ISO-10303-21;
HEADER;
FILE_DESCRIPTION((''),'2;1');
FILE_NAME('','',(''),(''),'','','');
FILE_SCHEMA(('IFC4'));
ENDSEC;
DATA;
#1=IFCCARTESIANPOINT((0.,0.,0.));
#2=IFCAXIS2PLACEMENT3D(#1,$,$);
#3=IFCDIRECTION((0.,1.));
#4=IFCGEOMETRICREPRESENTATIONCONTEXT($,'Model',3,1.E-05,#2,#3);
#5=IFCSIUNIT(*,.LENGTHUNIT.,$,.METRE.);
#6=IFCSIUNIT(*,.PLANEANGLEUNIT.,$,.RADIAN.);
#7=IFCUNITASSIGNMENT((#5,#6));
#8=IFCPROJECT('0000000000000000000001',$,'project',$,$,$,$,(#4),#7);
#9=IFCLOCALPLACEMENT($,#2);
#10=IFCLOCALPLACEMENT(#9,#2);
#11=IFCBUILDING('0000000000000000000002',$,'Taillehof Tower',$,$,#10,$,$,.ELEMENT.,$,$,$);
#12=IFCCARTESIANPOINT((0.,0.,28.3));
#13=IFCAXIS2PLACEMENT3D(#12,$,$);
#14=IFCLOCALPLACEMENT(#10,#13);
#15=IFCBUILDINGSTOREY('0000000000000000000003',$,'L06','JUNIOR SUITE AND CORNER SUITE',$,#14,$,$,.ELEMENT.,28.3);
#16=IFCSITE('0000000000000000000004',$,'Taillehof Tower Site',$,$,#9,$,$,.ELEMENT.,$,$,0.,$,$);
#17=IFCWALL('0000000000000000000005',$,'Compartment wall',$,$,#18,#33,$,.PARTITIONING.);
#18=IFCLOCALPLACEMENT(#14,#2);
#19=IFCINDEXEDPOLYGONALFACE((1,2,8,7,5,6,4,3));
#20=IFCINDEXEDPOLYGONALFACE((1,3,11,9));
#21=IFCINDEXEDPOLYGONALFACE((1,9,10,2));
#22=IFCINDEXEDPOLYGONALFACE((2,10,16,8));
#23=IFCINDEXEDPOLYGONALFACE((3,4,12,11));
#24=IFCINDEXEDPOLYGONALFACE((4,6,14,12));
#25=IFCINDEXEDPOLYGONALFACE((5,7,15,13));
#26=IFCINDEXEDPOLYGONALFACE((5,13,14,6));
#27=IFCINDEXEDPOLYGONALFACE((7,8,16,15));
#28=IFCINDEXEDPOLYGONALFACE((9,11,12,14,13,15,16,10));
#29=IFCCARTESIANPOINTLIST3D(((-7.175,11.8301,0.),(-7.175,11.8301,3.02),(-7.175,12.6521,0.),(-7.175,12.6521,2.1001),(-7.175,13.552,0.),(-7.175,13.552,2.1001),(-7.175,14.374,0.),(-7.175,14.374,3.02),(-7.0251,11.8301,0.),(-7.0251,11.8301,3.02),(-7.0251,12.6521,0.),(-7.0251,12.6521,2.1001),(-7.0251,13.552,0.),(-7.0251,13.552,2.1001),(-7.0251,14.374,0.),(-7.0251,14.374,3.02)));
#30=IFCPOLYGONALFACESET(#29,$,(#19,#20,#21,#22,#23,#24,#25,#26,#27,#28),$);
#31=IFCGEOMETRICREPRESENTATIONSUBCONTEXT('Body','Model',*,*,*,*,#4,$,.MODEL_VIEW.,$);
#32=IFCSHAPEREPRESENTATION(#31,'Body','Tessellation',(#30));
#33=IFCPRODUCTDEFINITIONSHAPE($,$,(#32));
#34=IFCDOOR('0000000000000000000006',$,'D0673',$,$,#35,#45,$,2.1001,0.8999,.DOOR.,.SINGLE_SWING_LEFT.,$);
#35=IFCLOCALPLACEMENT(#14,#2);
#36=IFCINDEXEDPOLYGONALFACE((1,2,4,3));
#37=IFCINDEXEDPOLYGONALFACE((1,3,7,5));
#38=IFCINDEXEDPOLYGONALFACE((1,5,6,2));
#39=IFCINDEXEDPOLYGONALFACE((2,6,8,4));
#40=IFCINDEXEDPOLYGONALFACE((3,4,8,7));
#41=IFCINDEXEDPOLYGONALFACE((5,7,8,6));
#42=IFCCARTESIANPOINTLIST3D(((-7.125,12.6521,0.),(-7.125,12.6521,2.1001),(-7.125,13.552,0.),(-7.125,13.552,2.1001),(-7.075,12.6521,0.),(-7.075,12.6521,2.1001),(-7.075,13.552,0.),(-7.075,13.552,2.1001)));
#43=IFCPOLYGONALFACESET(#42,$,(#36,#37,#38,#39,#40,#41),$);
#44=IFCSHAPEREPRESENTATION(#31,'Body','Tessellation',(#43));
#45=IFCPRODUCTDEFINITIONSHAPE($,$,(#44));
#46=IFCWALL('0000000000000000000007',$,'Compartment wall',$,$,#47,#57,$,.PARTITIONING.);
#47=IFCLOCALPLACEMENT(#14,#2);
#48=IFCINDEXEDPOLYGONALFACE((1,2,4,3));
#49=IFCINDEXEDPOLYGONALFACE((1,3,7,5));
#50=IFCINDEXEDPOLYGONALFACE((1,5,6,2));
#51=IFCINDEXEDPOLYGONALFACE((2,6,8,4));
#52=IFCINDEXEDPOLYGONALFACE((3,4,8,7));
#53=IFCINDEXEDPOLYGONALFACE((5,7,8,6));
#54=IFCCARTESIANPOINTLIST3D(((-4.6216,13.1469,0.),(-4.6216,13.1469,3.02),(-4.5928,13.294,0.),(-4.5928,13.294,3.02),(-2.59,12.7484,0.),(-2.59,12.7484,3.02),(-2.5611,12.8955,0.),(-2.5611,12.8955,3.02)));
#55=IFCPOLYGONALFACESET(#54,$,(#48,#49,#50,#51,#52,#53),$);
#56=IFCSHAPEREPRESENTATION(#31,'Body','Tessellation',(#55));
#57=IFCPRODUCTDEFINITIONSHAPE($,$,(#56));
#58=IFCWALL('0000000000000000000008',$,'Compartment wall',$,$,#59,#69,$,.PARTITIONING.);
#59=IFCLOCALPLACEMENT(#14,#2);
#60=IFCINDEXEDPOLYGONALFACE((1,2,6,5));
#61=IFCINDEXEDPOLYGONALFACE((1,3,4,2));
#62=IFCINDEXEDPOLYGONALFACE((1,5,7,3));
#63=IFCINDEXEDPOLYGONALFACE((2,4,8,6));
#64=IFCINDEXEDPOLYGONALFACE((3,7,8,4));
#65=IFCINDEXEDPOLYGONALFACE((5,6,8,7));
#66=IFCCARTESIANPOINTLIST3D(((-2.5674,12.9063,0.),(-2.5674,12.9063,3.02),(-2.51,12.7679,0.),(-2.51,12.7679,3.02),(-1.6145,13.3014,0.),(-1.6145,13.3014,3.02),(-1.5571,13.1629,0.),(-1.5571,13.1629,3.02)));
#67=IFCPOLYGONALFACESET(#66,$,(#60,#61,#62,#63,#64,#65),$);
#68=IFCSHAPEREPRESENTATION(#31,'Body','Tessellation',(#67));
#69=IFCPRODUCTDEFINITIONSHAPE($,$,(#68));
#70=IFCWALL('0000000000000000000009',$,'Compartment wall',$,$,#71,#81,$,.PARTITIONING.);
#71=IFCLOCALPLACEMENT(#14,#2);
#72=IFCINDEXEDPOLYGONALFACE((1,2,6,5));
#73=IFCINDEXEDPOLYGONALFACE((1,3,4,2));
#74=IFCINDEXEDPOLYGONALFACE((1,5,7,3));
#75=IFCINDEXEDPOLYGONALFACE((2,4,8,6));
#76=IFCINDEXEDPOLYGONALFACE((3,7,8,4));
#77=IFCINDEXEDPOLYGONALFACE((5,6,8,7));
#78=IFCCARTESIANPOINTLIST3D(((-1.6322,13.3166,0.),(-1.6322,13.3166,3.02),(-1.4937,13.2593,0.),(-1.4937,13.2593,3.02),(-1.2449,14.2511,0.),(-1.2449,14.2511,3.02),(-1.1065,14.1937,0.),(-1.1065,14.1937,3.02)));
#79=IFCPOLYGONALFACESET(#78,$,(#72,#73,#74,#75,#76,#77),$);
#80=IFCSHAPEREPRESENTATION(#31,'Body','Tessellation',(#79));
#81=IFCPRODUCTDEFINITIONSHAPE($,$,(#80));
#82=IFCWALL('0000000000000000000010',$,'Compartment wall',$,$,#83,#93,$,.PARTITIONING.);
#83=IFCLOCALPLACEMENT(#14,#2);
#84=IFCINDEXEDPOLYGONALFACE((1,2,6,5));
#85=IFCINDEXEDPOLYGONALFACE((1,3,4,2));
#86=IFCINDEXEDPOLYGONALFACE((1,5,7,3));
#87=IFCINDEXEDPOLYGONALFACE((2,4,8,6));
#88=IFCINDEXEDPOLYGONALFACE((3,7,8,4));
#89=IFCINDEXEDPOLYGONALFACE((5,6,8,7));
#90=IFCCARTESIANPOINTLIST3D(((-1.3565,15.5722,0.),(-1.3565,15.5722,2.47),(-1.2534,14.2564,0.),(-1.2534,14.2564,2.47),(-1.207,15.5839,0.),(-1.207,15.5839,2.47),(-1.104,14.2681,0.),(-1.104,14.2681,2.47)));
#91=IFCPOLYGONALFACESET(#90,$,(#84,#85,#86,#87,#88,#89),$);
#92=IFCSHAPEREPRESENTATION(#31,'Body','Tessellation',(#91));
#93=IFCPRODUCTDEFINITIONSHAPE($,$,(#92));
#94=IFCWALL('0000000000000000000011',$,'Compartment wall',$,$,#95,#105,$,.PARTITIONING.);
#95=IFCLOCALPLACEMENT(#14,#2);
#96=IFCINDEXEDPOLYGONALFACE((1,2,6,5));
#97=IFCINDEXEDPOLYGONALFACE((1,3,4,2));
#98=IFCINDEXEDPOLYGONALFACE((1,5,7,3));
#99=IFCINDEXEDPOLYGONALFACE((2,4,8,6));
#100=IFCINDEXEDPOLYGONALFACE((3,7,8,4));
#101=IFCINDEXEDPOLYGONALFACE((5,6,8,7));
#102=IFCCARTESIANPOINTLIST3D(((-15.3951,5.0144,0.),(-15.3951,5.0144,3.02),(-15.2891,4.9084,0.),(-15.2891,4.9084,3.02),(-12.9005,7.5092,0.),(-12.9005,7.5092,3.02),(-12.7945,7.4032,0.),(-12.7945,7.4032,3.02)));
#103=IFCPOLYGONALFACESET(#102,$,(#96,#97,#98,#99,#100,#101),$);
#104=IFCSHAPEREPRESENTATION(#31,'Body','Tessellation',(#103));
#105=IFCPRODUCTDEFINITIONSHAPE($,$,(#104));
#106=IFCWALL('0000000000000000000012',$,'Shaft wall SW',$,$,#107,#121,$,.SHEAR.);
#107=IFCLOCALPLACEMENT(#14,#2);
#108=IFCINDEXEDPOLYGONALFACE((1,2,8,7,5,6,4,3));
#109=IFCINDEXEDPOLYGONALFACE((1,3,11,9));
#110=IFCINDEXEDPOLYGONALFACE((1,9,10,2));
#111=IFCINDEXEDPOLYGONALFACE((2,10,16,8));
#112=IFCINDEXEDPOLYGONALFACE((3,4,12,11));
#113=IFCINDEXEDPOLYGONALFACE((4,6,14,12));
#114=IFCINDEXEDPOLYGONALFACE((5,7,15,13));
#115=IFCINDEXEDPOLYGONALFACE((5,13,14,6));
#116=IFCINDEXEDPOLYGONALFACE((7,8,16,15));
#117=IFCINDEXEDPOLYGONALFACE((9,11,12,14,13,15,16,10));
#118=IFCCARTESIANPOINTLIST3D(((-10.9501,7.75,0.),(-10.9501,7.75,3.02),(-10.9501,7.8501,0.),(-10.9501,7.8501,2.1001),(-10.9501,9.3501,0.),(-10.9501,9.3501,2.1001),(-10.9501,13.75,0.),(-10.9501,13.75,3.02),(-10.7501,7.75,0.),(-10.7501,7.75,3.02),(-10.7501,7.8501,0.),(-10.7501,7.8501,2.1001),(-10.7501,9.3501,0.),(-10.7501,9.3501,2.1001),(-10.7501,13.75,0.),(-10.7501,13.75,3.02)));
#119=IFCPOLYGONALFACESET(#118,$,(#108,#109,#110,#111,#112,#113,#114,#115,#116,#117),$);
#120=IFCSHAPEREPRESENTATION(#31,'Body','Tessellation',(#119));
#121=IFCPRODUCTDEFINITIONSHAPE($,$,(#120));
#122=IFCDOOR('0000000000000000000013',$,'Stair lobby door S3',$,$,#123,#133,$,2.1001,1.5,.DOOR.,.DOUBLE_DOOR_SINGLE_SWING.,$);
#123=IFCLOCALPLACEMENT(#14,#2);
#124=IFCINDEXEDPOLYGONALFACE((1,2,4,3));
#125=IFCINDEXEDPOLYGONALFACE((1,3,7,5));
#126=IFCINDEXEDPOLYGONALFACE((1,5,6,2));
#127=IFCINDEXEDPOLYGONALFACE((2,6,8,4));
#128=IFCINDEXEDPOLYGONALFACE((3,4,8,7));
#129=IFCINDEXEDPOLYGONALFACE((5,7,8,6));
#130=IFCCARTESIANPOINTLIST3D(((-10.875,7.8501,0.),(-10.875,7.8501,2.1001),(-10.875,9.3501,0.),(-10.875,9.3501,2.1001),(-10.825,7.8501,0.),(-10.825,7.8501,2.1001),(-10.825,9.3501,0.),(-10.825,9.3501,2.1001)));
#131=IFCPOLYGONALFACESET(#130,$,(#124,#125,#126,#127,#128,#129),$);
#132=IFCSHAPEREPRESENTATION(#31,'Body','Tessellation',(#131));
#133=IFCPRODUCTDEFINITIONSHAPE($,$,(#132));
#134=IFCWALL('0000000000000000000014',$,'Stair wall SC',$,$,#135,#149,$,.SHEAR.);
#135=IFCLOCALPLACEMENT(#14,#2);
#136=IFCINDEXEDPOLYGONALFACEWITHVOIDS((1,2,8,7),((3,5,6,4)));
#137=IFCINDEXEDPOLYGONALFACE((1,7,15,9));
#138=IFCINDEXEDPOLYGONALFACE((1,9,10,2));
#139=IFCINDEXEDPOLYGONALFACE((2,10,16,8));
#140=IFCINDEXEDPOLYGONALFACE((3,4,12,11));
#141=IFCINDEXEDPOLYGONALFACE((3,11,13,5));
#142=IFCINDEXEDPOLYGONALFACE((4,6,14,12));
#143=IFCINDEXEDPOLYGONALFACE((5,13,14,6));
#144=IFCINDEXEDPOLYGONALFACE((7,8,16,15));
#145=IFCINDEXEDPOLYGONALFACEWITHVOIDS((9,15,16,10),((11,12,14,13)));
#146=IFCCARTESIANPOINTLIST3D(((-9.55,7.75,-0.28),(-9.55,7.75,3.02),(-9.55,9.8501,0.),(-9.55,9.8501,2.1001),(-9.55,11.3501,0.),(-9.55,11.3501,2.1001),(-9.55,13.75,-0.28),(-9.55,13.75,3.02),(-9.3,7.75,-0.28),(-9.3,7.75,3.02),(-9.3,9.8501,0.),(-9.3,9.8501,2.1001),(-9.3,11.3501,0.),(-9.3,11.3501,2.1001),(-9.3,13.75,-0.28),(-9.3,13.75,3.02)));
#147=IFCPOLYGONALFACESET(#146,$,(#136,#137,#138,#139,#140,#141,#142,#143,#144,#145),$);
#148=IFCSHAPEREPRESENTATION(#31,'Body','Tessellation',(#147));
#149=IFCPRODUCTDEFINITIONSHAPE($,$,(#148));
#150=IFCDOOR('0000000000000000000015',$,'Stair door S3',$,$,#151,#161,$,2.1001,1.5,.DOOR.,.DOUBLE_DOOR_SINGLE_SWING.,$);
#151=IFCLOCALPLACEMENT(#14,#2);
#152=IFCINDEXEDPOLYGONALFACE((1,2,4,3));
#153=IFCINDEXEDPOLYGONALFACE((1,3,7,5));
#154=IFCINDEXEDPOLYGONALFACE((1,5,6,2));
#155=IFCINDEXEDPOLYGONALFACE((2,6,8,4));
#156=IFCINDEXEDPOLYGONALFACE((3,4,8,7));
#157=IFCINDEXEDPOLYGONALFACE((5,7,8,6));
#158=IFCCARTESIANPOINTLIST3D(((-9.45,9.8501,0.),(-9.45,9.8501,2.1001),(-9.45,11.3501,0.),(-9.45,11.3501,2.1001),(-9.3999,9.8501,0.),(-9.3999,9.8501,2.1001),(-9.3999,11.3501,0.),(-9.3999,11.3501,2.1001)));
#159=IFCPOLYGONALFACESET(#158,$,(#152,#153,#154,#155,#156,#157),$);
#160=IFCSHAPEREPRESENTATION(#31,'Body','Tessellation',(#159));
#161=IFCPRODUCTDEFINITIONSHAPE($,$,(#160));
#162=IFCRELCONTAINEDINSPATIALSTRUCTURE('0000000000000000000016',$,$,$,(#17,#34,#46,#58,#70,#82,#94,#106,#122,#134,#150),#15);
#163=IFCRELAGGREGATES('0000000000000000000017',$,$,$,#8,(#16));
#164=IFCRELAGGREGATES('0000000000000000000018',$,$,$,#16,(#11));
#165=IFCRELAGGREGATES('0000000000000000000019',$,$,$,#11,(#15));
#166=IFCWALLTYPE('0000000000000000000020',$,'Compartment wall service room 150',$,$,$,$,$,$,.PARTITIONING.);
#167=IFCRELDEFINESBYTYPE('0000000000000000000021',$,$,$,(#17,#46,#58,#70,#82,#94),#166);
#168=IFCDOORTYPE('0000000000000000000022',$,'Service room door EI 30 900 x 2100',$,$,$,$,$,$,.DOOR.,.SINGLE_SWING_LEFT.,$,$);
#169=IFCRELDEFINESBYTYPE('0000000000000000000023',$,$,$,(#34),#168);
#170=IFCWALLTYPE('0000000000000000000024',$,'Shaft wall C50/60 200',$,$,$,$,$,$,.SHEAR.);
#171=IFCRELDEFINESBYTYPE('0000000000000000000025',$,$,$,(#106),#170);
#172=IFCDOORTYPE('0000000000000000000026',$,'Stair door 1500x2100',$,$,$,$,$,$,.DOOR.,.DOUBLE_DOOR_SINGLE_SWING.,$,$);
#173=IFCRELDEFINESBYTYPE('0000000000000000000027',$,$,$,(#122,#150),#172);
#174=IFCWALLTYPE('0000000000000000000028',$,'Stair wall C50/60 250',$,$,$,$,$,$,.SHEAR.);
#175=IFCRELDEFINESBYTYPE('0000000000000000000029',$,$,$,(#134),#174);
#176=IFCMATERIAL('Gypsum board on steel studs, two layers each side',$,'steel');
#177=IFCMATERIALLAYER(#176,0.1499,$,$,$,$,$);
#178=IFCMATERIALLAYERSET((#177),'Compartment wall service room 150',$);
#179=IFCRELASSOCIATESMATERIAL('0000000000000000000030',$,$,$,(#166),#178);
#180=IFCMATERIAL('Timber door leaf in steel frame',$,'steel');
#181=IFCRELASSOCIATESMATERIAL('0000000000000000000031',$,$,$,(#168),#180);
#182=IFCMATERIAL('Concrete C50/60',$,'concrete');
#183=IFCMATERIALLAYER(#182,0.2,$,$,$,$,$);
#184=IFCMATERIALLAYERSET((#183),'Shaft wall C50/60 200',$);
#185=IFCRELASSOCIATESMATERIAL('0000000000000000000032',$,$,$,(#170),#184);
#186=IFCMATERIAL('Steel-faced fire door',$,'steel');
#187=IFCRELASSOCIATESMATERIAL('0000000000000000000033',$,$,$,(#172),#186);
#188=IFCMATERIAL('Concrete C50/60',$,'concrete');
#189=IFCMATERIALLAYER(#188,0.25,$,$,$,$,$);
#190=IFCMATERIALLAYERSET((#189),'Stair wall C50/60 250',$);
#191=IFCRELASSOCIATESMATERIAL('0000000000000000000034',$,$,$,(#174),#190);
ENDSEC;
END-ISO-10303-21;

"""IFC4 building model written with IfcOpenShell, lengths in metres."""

from ifc_helpers import new_model, si_unit, direction, frame, frame_2d, origin, place, context, subcontext, project, spatial, rectangle, extrude, material, layer, layer_set, type_object, element, fill, save


model = new_model("IFC4")

# Units and contexts
model_context = context("Model", 3, precision=1e-05, world=origin(), true_north=direction((0.0, 1.0)))
body_context = subcontext(model_context, "Body", "Model", "MODEL_VIEW")
ifc_project = project(units=[si_unit("LENGTHUNIT", "METRE"), si_unit("PLANEANGLEUNIT", "RADIAN")], contexts=[model_context])

# Site, building, storey
site_placement = place(None, origin())
site = spatial("IfcSite", under=ifc_project, at=site_placement, Name="Taillehof Tower Site", CompositionType="ELEMENT", RefElevation=0.0)
building_placement = place(site_placement, origin())
building = spatial("IfcBuilding", under=site, at=building_placement, Name="Taillehof Tower", CompositionType="ELEMENT")
storey_placement = place(building_placement, frame((0.0, 0.0, 28.3)))
storey = spatial("IfcBuildingStorey", under=building, at=storey_placement, Name="L06", Description="JUNIOR SUITE AND CORNER SUITE", CompositionType="ELEMENT", Elevation=28.3)

# Shared definitions
ifc_material_1 = material(Name="Gypsum board on steel studs, two layers each side", Category="steel")
ifc_layer_1 = layer(ifc_material_1, 0.1499)
ifc_layer_set_1 = layer_set([ifc_layer_1], Name="Compartment wall service room 150")
wall_type_1 = type_object("IfcWallType", Name="Compartment wall service room 150", PredefinedType="PARTITIONING", material=ifc_layer_set_1)

# Wall, opening, door
wall_1_placement = place(storey_placement, frame((-7.1001, 11.8301, 0.0), z_axis=(0.0, 0.0, 1.0), x_axis=(0.0, 1.0, 0.0)))
wall_1 = element("IfcWall", 1, at=wall_1_placement, inside=storey, type_object=wall_type_1, Name="Compartment wall", PredefinedType="PARTITIONING", context=body_context, shape_type="SweptSolid", body=[
    extrude(rectangle(XDim=2.5439, YDim=0.1499, at=frame_2d((1.272, 0.0))), origin(), (0.0, 0.0, 1.0), 3.02),
])
opening_1_placement = place(wall_1_placement, frame((0.822, 0.0, 0.0)))
opening_1 = element("IfcOpeningElement", 2, at=opening_1_placement, cuts=wall_1, PredefinedType="OPENING", context=body_context, shape_type="SweptSolid", body=[
    extrude(rectangle(XDim=0.8999, YDim=2.1001, at=frame_2d((0.45, 1.05))), frame((0.0, 0.085, 0.0), z_axis=(0.0, -1.0, 0.0), x_axis=(1.0, 0.0, 0.0)), (0.0, 0.0, 1.0), 0.1699),
])
ifc_material_2 = material(Name="Timber door leaf in steel frame", Category="steel")
door_type_1 = type_object("IfcDoorType", Name="Service room door EI 30 900 x 2100", OperationType="SINGLE_SWING_LEFT", PredefinedType="DOOR", material=ifc_material_2)
door_1_placement = place(opening_1_placement, origin())
door_1 = element("IfcDoor", 3, at=door_1_placement, inside=storey, type_object=door_type_1, Name="D0673", OperationType="SINGLE_SWING_LEFT", OverallHeight=2.1001, OverallWidth=0.8999, PredefinedType="DOOR", context=body_context, shape_type="SweptSolid", body=[
    extrude(rectangle(XDim=0.8999, YDim=2.1001, at=frame_2d((0.45, 1.05))), frame((0.0, 0.0249, 0.0), z_axis=(0.0, -1.0, 0.0), x_axis=(1.0, 0.0, 0.0)), (0.0, 0.0, 1.0), 0.05),
])
fill(opening_1, door_1)

# Walls
wall_2_placement = place(storey_placement, frame((-4.6072, 13.2205, 0.0), z_axis=(0.0, 0.0, 1.0), x_axis=(0.981304, -0.192463, 0.0)))
element("IfcWall", 4, at=wall_2_placement, inside=storey, type_object=wall_type_1, Name="Compartment wall", PredefinedType="PARTITIONING", context=body_context, shape_type="SweptSolid", body=[
    extrude(rectangle(XDim=2.0703, YDim=0.1499, at=frame_2d((1.0352, 0.0))), origin(), (0.0, 0.0, 1.0), 3.02),
])
wall_3_placement = place(storey_placement, frame((-2.5386, 12.8372, 0.0), z_axis=(0.0, 0.0, 1.0), x_axis=(0.923769, 0.382951, 0.0)))
element("IfcWall", 5, at=wall_3_placement, inside=storey, type_object=wall_type_1, Name="Compartment wall", PredefinedType="PARTITIONING", context=body_context, shape_type="SweptSolid", body=[
    extrude(rectangle(XDim=1.0315, YDim=0.1499, at=frame_2d((0.5156, 0.0))), origin(), (0.0, 0.0, 1.0), 3.02),
])
wall_4_placement = place(storey_placement, frame((-1.563, 13.2878, 0.0), z_axis=(0.0, 0.0, 1.0), x_axis=(0.382849, 0.923811, 0.0)))
element("IfcWall", 6, at=wall_4_placement, inside=storey, type_object=wall_type_1, Name="Compartment wall", PredefinedType="PARTITIONING", context=body_context, shape_type="SweptSolid", body=[
    extrude(rectangle(XDim=1.0115, YDim=0.1499, at=frame_2d((0.5059, 0.0))), origin(), (0.0, 0.0, 1.0), 3.02),
])
wall_5_placement = place(storey_placement, frame((-1.1787, 14.2622, 0.0), z_axis=(0.0, 0.0, 1.0), x_axis=(-0.078054, 0.996949, 0.0)))
element("IfcWall", 7, at=wall_5_placement, inside=storey, type_object=wall_type_1, Name="Compartment wall", PredefinedType="PARTITIONING", context=body_context, shape_type="SweptSolid", body=[
    extrude(rectangle(XDim=1.3198, YDim=0.1499, at=frame_2d((0.6599, 0.0))), origin(), (0.0, 0.0, 1.0), 2.47),
])
wall_6_placement = place(storey_placement, frame((-12.8474, 7.4563, 0.0), z_axis=(0.0, 0.0, 1.0), x_axis=(-0.707072, -0.707141, 0.0)))
element("IfcWall", 8, at=wall_6_placement, inside=storey, type_object=wall_type_1, Name="Compartment wall", PredefinedType="PARTITIONING", context=body_context, shape_type="SweptSolid", body=[
    extrude(rectangle(XDim=3.5281, YDim=0.1499, at=frame_2d((1.7642, 0.0))), origin(), (0.0, 0.0, 1.0), 3.02),
])

# Walls, openings, doors
ifc_material_3 = material(Name="Concrete C50/60", Category="concrete")
ifc_layer_2 = layer(ifc_material_3, 0.2)
ifc_layer_set_2 = layer_set([ifc_layer_2], Name="Shaft wall C50/60 200")
wall_type_2 = type_object("IfcWallType", Name="Shaft wall C50/60 200", PredefinedType="SHEAR", material=ifc_layer_set_2)
wall_7_placement = place(storey_placement, frame((-10.8501, 7.75, 0.0), z_axis=(0.0, 0.0, 1.0), x_axis=(0.0, 1.0, 0.0)))
wall_7 = element("IfcWall", 9, at=wall_7_placement, inside=storey, type_object=wall_type_2, Name="Shaft wall SW", PredefinedType="SHEAR", context=body_context, shape_type="SweptSolid", body=[
    extrude(rectangle(XDim=6.0, YDim=0.2, at=frame_2d((3.0, 0.0))), origin(), (0.0, 0.0, 1.0), 3.02),
])
opening_2_placement = place(wall_7_placement, frame((0.1001, 0.0, 0.0)))
opening_2 = element("IfcOpeningElement", 10, at=opening_2_placement, cuts=wall_7, PredefinedType="OPENING", context=body_context, shape_type="SweptSolid", body=[
    extrude(rectangle(XDim=1.5, YDim=2.1001, at=frame_2d((0.75, 1.05))), frame((0.0, 0.1099, 0.0), z_axis=(0.0, -1.0, 0.0), x_axis=(1.0, 0.0, 0.0)), (0.0, 0.0, 1.0), 0.22),
])
ifc_material_4 = material(Name="Steel-faced fire door", Category="steel")
door_type_2 = type_object("IfcDoorType", Name="Stair door 1500x2100", OperationType="DOUBLE_DOOR_SINGLE_SWING", PredefinedType="DOOR", material=ifc_material_4)
door_2_placement = place(opening_2_placement, origin())
door_2 = element("IfcDoor", 11, at=door_2_placement, inside=storey, type_object=door_type_2, Name="Stair lobby door S3", OperationType="DOUBLE_DOOR_SINGLE_SWING", OverallHeight=2.1001, OverallWidth=1.5, PredefinedType="DOOR", context=body_context, shape_type="SweptSolid", body=[
    extrude(rectangle(XDim=1.5, YDim=2.1001, at=frame_2d((0.75, 1.05))), frame((0.0, 0.0249, 0.0), z_axis=(0.0, -1.0, 0.0), x_axis=(1.0, 0.0, 0.0)), (0.0, 0.0, 1.0), 0.05),
])
fill(opening_2, door_2)
ifc_material_5 = material(Name="Concrete C50/60", Category="concrete")
ifc_layer_3 = layer(ifc_material_5, 0.25)
ifc_layer_set_3 = layer_set([ifc_layer_3], Name="Stair wall C50/60 250")
wall_type_3 = type_object("IfcWallType", Name="Stair wall C50/60 250", PredefinedType="SHEAR", material=ifc_layer_set_3)
wall_8_placement = place(storey_placement, frame((-9.425, 7.75, -0.28), z_axis=(0.0, 0.0, 1.0), x_axis=(0.0, 1.0, 0.0)))
wall_8 = element("IfcWall", 12, at=wall_8_placement, inside=storey, type_object=wall_type_3, Name="Stair wall SC", PredefinedType="SHEAR", context=body_context, shape_type="SweptSolid", body=[
    extrude(rectangle(XDim=6.0, YDim=0.25, at=frame_2d((3.0, 0.0))), origin(), (0.0, 0.0, 1.0), 3.3),
])
opening_3_placement = place(wall_8_placement, frame((2.1001, 0.0, 0.28)))
opening_3 = element("IfcOpeningElement", 13, at=opening_3_placement, cuts=wall_8, PredefinedType="OPENING", context=body_context, shape_type="SweptSolid", body=[
    extrude(rectangle(XDim=1.5, YDim=2.1001, at=frame_2d((0.75, 1.05))), frame((0.0, 0.135, 0.0), z_axis=(0.0, -1.0, 0.0), x_axis=(1.0, 0.0, 0.0)), (0.0, 0.0, 1.0), 0.27),
])
door_3_placement = place(opening_3_placement, origin())
door_3 = element("IfcDoor", 14, at=door_3_placement, inside=storey, type_object=door_type_2, Name="Stair door S3", OperationType="DOUBLE_DOOR_SINGLE_SWING", OverallHeight=2.1001, OverallWidth=1.5, PredefinedType="DOOR", context=body_context, shape_type="SweptSolid", body=[
    extrude(rectangle(XDim=1.5, YDim=2.1001, at=frame_2d((0.75, 1.05))), frame((0.0, 0.0249, 0.0), z_axis=(0.0, -1.0, 0.0), x_axis=(1.0, 0.0, 0.0)), (0.0, 0.0, 1.0), 0.05),
])
fill(opening_3, door_3)

save(model, "model.ifc")
